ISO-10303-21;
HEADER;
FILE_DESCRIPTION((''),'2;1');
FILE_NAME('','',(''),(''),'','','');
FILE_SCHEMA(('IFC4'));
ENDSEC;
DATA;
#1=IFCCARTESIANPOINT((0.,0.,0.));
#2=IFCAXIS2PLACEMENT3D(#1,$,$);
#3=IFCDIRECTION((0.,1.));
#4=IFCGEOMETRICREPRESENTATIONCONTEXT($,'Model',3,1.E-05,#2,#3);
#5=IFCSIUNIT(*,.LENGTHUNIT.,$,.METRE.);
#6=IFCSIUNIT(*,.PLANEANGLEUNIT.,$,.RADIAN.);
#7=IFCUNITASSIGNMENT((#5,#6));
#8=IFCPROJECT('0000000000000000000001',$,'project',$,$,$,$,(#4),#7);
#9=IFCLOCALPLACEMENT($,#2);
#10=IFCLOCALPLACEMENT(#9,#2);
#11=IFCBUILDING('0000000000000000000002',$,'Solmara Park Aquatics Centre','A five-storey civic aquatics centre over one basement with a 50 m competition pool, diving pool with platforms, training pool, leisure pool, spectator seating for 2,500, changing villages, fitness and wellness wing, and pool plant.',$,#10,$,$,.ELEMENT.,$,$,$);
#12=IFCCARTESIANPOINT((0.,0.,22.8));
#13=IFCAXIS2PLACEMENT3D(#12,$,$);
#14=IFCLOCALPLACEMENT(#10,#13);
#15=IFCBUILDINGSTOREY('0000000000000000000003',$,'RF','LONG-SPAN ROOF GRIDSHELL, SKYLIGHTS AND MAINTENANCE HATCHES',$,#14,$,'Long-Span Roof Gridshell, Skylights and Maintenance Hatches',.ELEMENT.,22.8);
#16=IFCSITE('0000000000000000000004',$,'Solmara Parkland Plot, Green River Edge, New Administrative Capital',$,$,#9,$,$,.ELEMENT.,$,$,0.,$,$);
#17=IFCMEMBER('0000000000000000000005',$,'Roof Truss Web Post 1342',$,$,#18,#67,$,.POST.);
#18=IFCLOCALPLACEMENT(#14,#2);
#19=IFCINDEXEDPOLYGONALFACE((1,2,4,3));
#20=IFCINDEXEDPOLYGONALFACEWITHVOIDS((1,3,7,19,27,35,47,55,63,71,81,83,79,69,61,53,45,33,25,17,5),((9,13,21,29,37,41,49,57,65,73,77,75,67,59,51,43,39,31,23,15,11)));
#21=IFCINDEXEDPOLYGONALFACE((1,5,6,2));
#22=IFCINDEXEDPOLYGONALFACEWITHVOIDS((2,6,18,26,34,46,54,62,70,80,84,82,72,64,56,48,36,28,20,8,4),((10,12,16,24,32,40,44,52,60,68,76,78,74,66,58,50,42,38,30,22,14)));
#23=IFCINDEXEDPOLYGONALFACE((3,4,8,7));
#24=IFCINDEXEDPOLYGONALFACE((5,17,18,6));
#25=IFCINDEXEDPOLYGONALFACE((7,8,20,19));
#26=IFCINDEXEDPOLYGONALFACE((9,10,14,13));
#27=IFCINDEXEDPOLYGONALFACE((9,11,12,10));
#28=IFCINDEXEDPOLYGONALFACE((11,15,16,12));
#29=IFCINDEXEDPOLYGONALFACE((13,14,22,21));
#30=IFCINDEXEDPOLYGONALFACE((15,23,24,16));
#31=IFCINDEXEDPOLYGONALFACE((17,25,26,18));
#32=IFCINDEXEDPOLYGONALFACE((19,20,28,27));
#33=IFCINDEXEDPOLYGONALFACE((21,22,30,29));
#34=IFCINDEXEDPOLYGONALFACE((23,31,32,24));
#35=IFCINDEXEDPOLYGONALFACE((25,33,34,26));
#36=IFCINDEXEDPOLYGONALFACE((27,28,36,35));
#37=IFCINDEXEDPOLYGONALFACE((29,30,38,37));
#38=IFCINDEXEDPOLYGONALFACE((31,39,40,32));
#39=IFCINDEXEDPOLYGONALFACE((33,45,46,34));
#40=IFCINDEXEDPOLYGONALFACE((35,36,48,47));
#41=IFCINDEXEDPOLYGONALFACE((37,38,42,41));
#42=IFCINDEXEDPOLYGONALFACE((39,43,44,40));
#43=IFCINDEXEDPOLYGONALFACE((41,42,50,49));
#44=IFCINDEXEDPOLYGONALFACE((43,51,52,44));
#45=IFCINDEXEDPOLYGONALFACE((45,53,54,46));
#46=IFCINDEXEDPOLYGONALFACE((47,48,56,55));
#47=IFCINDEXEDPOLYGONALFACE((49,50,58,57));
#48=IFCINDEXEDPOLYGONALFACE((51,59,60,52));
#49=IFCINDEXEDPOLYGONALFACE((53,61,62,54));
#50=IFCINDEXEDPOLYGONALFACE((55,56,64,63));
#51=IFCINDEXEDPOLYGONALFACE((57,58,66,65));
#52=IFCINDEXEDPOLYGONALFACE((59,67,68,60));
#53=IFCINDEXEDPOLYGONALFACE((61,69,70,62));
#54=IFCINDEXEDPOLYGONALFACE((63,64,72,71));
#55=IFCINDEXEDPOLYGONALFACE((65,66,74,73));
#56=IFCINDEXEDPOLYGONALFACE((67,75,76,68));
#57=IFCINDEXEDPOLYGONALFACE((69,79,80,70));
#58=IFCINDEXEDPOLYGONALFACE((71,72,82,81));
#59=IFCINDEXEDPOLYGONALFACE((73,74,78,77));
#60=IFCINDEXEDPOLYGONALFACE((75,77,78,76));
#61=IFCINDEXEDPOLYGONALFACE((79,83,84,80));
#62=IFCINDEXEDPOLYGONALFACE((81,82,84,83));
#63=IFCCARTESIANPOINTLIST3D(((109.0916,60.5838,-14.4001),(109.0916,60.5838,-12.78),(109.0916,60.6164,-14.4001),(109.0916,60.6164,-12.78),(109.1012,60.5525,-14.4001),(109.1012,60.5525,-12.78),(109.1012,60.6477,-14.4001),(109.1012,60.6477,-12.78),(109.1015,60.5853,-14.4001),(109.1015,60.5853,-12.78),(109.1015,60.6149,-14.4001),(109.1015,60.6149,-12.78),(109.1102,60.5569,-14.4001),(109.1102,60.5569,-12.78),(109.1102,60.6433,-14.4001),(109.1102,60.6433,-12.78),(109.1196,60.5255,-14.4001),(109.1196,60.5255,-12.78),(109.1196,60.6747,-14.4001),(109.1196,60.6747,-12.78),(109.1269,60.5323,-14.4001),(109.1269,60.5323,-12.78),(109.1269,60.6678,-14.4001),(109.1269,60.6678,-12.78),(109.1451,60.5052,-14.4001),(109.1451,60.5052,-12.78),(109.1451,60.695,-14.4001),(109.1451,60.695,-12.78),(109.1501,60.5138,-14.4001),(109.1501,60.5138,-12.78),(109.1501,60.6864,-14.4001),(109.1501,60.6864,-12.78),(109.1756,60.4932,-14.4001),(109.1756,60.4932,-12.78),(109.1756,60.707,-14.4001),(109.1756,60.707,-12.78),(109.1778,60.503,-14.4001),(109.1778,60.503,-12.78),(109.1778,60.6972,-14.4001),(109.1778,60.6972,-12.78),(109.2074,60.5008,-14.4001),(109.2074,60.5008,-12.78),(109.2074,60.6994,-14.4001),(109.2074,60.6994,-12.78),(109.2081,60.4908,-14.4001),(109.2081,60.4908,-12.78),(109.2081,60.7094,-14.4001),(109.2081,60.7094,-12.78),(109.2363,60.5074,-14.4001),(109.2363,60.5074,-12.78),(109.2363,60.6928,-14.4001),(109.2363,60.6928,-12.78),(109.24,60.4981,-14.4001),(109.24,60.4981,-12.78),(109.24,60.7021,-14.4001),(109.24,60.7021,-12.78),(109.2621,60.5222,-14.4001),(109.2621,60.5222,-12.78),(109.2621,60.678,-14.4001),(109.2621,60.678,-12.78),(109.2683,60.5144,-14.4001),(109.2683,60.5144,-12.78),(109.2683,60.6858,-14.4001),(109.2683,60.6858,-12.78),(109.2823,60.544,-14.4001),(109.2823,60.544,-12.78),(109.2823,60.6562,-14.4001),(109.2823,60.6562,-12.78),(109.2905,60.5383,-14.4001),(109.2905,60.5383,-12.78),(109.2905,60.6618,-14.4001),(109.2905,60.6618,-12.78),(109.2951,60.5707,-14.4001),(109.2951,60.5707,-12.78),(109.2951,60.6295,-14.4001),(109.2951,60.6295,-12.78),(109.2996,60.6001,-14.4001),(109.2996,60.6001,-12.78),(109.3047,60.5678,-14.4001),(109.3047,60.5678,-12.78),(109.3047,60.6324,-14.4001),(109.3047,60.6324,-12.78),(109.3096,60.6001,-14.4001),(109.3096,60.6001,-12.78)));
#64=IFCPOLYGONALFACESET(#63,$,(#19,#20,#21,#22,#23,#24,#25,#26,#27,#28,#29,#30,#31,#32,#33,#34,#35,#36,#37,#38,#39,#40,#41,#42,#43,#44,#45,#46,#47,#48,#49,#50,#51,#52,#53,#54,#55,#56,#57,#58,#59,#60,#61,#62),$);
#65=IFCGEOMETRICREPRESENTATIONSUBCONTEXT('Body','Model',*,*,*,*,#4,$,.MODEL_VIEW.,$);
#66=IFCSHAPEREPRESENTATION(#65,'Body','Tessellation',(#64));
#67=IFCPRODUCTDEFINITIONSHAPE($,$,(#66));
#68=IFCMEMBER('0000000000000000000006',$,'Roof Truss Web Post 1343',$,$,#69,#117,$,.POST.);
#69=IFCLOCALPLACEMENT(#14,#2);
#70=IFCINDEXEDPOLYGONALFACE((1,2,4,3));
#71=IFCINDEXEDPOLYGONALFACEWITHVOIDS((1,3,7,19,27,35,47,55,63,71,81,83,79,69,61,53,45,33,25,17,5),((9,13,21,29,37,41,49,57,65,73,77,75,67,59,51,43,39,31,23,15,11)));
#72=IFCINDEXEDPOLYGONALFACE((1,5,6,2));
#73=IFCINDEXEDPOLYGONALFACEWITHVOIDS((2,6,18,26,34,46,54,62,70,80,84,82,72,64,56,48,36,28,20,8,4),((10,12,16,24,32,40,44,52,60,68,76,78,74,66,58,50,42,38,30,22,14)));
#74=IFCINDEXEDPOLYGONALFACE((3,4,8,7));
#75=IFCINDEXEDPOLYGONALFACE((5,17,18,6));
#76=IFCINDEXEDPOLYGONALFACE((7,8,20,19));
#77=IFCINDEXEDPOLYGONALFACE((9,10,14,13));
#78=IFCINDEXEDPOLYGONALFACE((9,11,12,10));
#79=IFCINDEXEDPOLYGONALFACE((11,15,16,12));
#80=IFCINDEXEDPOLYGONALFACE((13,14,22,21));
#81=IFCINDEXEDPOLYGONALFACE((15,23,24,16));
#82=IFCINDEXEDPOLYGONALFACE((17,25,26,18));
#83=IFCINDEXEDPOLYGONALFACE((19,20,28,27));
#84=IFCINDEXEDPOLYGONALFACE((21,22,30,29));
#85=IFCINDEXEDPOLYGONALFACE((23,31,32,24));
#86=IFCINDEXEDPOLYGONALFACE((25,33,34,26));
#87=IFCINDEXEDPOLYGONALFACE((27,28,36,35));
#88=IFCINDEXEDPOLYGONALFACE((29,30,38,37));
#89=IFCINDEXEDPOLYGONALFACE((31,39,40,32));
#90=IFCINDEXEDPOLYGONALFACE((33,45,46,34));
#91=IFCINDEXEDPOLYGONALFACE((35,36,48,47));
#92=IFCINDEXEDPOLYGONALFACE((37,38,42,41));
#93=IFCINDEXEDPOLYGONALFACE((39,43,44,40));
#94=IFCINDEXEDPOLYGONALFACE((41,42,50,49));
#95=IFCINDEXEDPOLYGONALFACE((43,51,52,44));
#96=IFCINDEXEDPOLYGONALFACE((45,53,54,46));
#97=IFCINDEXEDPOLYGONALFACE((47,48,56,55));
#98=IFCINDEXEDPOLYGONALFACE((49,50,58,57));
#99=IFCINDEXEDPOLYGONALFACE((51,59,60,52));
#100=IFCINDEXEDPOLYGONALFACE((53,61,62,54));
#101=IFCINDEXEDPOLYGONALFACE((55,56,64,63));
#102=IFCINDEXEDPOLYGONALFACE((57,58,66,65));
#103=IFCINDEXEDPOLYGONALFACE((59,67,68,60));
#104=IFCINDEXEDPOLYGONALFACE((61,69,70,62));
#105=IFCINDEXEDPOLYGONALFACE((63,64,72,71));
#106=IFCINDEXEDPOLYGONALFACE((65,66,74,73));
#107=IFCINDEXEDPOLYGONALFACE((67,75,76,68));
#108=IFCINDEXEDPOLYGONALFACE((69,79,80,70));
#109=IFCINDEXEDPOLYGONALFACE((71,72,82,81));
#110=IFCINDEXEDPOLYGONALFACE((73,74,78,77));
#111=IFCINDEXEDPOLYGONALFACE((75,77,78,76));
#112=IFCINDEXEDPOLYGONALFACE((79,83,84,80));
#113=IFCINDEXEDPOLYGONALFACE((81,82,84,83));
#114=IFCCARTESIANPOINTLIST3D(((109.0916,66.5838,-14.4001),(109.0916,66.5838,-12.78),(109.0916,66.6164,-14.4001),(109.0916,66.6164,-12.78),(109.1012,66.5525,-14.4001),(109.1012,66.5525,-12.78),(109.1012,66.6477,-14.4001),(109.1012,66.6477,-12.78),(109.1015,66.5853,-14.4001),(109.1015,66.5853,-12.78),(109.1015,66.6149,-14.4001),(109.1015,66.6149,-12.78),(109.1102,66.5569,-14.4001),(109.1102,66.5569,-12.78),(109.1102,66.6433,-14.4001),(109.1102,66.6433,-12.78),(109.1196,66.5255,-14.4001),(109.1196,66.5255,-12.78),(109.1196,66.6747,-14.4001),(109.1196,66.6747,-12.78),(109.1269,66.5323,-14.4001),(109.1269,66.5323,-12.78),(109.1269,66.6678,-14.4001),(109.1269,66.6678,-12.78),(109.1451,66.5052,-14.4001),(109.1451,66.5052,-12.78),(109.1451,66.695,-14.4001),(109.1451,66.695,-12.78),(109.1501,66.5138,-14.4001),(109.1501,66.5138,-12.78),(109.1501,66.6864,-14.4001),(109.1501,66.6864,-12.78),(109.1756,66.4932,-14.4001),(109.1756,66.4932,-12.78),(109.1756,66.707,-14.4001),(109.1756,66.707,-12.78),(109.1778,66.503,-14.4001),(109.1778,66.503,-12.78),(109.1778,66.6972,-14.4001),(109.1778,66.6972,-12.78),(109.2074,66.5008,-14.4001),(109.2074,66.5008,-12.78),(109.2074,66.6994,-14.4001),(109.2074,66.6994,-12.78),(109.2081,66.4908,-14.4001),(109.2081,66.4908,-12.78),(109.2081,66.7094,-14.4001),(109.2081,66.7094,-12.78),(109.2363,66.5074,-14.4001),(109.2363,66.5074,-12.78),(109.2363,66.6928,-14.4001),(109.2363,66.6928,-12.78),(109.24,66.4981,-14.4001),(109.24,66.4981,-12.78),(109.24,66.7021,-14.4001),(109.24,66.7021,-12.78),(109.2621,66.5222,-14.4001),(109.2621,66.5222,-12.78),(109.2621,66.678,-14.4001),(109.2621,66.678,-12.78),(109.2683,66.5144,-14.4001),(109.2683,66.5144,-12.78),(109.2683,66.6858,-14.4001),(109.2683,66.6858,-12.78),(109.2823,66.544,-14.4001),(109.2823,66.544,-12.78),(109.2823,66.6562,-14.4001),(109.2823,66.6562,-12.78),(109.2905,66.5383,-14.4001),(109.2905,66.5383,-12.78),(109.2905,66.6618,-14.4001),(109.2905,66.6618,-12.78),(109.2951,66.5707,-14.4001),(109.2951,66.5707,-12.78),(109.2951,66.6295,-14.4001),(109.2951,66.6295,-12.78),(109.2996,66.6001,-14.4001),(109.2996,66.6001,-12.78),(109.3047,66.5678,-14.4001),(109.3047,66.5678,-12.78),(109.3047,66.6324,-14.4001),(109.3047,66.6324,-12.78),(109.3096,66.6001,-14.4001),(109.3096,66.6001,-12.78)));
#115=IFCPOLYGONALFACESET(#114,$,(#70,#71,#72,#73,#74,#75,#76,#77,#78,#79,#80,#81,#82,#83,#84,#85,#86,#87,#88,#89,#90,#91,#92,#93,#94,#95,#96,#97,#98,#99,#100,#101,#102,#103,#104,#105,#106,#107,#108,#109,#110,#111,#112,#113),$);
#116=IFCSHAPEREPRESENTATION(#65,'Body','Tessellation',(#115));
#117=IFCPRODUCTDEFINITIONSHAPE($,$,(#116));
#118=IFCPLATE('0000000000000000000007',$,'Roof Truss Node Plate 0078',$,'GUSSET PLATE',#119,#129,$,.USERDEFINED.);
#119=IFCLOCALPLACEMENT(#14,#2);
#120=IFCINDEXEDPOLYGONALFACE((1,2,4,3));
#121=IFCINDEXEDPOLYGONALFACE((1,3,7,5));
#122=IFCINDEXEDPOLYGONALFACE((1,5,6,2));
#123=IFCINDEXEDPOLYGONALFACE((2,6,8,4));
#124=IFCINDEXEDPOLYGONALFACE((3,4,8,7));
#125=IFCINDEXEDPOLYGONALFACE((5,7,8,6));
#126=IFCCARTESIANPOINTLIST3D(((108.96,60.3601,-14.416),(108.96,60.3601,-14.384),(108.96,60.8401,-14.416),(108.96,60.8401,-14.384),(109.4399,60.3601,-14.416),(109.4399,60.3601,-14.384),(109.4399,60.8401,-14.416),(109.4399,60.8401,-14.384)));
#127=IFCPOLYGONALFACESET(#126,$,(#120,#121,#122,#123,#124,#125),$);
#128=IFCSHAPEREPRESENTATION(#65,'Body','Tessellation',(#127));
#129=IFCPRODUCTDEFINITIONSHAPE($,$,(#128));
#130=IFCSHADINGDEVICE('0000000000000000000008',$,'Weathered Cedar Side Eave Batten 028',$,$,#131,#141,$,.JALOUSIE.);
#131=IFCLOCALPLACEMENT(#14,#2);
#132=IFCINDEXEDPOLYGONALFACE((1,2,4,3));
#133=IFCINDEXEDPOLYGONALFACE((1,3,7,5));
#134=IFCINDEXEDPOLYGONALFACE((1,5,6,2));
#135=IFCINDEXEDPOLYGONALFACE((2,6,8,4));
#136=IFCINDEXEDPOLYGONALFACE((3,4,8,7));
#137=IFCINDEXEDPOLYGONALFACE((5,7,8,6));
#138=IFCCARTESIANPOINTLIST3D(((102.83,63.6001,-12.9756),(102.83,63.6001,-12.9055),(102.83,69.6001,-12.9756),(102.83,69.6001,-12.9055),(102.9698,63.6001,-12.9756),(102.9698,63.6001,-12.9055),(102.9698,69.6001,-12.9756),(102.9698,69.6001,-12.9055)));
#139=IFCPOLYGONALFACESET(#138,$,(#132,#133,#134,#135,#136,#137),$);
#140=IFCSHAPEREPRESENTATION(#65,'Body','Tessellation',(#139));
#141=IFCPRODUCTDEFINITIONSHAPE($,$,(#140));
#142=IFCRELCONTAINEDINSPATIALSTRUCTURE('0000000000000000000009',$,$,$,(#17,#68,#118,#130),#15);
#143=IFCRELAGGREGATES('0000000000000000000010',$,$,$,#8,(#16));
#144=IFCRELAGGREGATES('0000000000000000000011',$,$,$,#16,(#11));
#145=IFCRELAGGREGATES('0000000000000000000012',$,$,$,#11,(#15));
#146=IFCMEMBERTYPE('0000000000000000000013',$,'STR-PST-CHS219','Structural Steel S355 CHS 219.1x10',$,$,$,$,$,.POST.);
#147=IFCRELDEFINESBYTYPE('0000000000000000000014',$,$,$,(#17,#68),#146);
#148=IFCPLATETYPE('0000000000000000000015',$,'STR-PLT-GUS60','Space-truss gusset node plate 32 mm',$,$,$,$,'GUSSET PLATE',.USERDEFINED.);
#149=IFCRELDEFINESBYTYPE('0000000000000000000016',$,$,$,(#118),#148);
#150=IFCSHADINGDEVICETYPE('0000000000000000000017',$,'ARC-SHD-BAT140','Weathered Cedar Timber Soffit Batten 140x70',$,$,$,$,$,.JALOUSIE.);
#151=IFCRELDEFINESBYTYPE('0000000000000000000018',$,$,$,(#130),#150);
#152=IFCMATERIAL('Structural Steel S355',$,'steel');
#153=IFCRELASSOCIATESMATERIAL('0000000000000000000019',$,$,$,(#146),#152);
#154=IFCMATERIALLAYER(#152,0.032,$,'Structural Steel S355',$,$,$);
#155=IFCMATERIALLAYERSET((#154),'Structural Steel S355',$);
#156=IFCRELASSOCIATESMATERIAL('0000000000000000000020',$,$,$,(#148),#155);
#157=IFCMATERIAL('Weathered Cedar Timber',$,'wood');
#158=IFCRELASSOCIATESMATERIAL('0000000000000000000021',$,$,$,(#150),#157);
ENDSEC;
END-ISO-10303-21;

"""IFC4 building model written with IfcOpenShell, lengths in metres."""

from ifc_helpers import new_model, si_unit, direction, frame, origin, origin_2d, place, context, subcontext, project, spatial, rectangle, hollow_circle, extrude, material, layer, layer_set, material_profile, profile_set, type_object, element, save


model = new_model("IFC4")

# Units and contexts
model_context = context("Model", 3, precision=1e-05, world=origin(), true_north=direction((0.0, 1.0)))
body_context = subcontext(model_context, "Body", "Model", "MODEL_VIEW")
ifc_project = project(units=[si_unit("LENGTHUNIT", "METRE"), si_unit("PLANEANGLEUNIT", "RADIAN")], contexts=[model_context])

# Site, building, storey
site_placement = place(None, origin())
site = spatial("IfcSite", under=ifc_project, at=site_placement, Name="Solmara Parkland Plot, Green River Edge, New Administrative Capital", CompositionType="ELEMENT", RefElevation=0.0)
building_placement = place(site_placement, origin())
building = spatial("IfcBuilding", under=site, at=building_placement, Name="Solmara Park Aquatics Centre", Description="A five-storey civic aquatics centre over one basement with a 50 m competition pool, diving pool with platforms, training pool, leisure pool, spectator seating for 2,500, changing villages, fitness and wellness wing, and pool plant.", CompositionType="ELEMENT")
storey_placement = place(building_placement, frame((0.0, 0.0, 22.8)))
storey = spatial("IfcBuildingStorey", under=building, at=storey_placement, Name="RF", Description="LONG-SPAN ROOF GRIDSHELL, SKYLIGHTS AND MAINTENANCE HATCHES", LongName="Long-Span Roof Gridshell, Skylights and Maintenance Hatches", CompositionType="ELEMENT", Elevation=22.8)

# Members
ifc_material_1 = material(Name="Structural Steel S355", Category="steel")
ifc_material_profile_1 = material_profile(ifc_material_1, hollow_circle(Radius=0.1096, WallThickness=0.01, at=origin_2d()), Name="CHS 219.1x10")
ifc_profile_set_1 = profile_set([ifc_material_profile_1], Name="Structural Steel S355")
member_type_1 = type_object("IfcMemberType", Name="STR-PST-CHS219", Description="Structural Steel S355 CHS 219.1x10", PredefinedType="POST", material=ifc_profile_set_1)
for number, where, z_axis, x_axis, name in (
    (1, (109.2, 60.6001, -14.4001), (0.0, 0.0, 1.0), (1.0, 0.0, 0.0), "Roof Truss Web Post 1342"),
    (2, (109.2, 66.6001, -14.4001), (0.0, 0.0, 1.0), (1.0, 0.0, 0.0), "Roof Truss Web Post 1343"),
):
    element("IfcMember", number, at=place(storey_placement, frame(where, z_axis=z_axis, x_axis=x_axis)), inside=storey, type_object=member_type_1, Name=name, PredefinedType="POST", context=body_context, shape_type="SweptSolid", body=[
        extrude(hollow_circle(Radius=0.1096, WallThickness=0.01, at=origin_2d()), origin(), (0.0, 0.0, 1.0), 1.6201),
    ])

# Plate
ifc_layer = layer(ifc_material_1, 0.032, Name="Structural Steel S355")
ifc_layer_set = layer_set([ifc_layer], Name="Structural Steel S355")
plate_type = type_object("IfcPlateType", Name="STR-PLT-GUS60", Description="Space-truss gusset node plate 32 mm", ElementType="GUSSET PLATE", PredefinedType="USERDEFINED", material=ifc_layer_set)
plate_placement = place(storey_placement, frame((109.2, 60.6001, -14.416), z_axis=(0.0, 0.0, 1.0), x_axis=(1.0, 0.0, 0.0)))
element("IfcPlate", 3, at=plate_placement, inside=storey, type_object=plate_type, Name="Roof Truss Node Plate 0078", ObjectType="GUSSET PLATE", PredefinedType="USERDEFINED", context=body_context, shape_type="SweptSolid", body=[
    extrude(rectangle(XDim=0.48, YDim=0.48, at=origin_2d()), origin(), (0.0, 0.0, 1.0), 0.032),
])

# Shading device
ifc_material_2 = material(Name="Weathered Cedar Timber", Category="wood")
shading_device_type = type_object("IfcShadingDeviceType", Name="ARC-SHD-BAT140", Description="Weathered Cedar Timber Soffit Batten 140x70", PredefinedType="JALOUSIE", material=ifc_material_2)
shading_device_placement = place(storey_placement, frame((102.8999, 66.6001, -12.9756), z_axis=(0.0, 0.0, 1.0), x_axis=(1.0, 0.0, 0.0)))
element("IfcShadingDevice", 4, at=shading_device_placement, inside=storey, type_object=shading_device_type, Name="Weathered Cedar Side Eave Batten 028", PredefinedType="JALOUSIE", context=body_context, shape_type="SweptSolid", body=[
    extrude(rectangle(XDim=0.1399, YDim=6.0, at=origin_2d()), origin(), (0.0, 0.0, 1.0), 0.0701),
])

save(model, "model.ifc")
